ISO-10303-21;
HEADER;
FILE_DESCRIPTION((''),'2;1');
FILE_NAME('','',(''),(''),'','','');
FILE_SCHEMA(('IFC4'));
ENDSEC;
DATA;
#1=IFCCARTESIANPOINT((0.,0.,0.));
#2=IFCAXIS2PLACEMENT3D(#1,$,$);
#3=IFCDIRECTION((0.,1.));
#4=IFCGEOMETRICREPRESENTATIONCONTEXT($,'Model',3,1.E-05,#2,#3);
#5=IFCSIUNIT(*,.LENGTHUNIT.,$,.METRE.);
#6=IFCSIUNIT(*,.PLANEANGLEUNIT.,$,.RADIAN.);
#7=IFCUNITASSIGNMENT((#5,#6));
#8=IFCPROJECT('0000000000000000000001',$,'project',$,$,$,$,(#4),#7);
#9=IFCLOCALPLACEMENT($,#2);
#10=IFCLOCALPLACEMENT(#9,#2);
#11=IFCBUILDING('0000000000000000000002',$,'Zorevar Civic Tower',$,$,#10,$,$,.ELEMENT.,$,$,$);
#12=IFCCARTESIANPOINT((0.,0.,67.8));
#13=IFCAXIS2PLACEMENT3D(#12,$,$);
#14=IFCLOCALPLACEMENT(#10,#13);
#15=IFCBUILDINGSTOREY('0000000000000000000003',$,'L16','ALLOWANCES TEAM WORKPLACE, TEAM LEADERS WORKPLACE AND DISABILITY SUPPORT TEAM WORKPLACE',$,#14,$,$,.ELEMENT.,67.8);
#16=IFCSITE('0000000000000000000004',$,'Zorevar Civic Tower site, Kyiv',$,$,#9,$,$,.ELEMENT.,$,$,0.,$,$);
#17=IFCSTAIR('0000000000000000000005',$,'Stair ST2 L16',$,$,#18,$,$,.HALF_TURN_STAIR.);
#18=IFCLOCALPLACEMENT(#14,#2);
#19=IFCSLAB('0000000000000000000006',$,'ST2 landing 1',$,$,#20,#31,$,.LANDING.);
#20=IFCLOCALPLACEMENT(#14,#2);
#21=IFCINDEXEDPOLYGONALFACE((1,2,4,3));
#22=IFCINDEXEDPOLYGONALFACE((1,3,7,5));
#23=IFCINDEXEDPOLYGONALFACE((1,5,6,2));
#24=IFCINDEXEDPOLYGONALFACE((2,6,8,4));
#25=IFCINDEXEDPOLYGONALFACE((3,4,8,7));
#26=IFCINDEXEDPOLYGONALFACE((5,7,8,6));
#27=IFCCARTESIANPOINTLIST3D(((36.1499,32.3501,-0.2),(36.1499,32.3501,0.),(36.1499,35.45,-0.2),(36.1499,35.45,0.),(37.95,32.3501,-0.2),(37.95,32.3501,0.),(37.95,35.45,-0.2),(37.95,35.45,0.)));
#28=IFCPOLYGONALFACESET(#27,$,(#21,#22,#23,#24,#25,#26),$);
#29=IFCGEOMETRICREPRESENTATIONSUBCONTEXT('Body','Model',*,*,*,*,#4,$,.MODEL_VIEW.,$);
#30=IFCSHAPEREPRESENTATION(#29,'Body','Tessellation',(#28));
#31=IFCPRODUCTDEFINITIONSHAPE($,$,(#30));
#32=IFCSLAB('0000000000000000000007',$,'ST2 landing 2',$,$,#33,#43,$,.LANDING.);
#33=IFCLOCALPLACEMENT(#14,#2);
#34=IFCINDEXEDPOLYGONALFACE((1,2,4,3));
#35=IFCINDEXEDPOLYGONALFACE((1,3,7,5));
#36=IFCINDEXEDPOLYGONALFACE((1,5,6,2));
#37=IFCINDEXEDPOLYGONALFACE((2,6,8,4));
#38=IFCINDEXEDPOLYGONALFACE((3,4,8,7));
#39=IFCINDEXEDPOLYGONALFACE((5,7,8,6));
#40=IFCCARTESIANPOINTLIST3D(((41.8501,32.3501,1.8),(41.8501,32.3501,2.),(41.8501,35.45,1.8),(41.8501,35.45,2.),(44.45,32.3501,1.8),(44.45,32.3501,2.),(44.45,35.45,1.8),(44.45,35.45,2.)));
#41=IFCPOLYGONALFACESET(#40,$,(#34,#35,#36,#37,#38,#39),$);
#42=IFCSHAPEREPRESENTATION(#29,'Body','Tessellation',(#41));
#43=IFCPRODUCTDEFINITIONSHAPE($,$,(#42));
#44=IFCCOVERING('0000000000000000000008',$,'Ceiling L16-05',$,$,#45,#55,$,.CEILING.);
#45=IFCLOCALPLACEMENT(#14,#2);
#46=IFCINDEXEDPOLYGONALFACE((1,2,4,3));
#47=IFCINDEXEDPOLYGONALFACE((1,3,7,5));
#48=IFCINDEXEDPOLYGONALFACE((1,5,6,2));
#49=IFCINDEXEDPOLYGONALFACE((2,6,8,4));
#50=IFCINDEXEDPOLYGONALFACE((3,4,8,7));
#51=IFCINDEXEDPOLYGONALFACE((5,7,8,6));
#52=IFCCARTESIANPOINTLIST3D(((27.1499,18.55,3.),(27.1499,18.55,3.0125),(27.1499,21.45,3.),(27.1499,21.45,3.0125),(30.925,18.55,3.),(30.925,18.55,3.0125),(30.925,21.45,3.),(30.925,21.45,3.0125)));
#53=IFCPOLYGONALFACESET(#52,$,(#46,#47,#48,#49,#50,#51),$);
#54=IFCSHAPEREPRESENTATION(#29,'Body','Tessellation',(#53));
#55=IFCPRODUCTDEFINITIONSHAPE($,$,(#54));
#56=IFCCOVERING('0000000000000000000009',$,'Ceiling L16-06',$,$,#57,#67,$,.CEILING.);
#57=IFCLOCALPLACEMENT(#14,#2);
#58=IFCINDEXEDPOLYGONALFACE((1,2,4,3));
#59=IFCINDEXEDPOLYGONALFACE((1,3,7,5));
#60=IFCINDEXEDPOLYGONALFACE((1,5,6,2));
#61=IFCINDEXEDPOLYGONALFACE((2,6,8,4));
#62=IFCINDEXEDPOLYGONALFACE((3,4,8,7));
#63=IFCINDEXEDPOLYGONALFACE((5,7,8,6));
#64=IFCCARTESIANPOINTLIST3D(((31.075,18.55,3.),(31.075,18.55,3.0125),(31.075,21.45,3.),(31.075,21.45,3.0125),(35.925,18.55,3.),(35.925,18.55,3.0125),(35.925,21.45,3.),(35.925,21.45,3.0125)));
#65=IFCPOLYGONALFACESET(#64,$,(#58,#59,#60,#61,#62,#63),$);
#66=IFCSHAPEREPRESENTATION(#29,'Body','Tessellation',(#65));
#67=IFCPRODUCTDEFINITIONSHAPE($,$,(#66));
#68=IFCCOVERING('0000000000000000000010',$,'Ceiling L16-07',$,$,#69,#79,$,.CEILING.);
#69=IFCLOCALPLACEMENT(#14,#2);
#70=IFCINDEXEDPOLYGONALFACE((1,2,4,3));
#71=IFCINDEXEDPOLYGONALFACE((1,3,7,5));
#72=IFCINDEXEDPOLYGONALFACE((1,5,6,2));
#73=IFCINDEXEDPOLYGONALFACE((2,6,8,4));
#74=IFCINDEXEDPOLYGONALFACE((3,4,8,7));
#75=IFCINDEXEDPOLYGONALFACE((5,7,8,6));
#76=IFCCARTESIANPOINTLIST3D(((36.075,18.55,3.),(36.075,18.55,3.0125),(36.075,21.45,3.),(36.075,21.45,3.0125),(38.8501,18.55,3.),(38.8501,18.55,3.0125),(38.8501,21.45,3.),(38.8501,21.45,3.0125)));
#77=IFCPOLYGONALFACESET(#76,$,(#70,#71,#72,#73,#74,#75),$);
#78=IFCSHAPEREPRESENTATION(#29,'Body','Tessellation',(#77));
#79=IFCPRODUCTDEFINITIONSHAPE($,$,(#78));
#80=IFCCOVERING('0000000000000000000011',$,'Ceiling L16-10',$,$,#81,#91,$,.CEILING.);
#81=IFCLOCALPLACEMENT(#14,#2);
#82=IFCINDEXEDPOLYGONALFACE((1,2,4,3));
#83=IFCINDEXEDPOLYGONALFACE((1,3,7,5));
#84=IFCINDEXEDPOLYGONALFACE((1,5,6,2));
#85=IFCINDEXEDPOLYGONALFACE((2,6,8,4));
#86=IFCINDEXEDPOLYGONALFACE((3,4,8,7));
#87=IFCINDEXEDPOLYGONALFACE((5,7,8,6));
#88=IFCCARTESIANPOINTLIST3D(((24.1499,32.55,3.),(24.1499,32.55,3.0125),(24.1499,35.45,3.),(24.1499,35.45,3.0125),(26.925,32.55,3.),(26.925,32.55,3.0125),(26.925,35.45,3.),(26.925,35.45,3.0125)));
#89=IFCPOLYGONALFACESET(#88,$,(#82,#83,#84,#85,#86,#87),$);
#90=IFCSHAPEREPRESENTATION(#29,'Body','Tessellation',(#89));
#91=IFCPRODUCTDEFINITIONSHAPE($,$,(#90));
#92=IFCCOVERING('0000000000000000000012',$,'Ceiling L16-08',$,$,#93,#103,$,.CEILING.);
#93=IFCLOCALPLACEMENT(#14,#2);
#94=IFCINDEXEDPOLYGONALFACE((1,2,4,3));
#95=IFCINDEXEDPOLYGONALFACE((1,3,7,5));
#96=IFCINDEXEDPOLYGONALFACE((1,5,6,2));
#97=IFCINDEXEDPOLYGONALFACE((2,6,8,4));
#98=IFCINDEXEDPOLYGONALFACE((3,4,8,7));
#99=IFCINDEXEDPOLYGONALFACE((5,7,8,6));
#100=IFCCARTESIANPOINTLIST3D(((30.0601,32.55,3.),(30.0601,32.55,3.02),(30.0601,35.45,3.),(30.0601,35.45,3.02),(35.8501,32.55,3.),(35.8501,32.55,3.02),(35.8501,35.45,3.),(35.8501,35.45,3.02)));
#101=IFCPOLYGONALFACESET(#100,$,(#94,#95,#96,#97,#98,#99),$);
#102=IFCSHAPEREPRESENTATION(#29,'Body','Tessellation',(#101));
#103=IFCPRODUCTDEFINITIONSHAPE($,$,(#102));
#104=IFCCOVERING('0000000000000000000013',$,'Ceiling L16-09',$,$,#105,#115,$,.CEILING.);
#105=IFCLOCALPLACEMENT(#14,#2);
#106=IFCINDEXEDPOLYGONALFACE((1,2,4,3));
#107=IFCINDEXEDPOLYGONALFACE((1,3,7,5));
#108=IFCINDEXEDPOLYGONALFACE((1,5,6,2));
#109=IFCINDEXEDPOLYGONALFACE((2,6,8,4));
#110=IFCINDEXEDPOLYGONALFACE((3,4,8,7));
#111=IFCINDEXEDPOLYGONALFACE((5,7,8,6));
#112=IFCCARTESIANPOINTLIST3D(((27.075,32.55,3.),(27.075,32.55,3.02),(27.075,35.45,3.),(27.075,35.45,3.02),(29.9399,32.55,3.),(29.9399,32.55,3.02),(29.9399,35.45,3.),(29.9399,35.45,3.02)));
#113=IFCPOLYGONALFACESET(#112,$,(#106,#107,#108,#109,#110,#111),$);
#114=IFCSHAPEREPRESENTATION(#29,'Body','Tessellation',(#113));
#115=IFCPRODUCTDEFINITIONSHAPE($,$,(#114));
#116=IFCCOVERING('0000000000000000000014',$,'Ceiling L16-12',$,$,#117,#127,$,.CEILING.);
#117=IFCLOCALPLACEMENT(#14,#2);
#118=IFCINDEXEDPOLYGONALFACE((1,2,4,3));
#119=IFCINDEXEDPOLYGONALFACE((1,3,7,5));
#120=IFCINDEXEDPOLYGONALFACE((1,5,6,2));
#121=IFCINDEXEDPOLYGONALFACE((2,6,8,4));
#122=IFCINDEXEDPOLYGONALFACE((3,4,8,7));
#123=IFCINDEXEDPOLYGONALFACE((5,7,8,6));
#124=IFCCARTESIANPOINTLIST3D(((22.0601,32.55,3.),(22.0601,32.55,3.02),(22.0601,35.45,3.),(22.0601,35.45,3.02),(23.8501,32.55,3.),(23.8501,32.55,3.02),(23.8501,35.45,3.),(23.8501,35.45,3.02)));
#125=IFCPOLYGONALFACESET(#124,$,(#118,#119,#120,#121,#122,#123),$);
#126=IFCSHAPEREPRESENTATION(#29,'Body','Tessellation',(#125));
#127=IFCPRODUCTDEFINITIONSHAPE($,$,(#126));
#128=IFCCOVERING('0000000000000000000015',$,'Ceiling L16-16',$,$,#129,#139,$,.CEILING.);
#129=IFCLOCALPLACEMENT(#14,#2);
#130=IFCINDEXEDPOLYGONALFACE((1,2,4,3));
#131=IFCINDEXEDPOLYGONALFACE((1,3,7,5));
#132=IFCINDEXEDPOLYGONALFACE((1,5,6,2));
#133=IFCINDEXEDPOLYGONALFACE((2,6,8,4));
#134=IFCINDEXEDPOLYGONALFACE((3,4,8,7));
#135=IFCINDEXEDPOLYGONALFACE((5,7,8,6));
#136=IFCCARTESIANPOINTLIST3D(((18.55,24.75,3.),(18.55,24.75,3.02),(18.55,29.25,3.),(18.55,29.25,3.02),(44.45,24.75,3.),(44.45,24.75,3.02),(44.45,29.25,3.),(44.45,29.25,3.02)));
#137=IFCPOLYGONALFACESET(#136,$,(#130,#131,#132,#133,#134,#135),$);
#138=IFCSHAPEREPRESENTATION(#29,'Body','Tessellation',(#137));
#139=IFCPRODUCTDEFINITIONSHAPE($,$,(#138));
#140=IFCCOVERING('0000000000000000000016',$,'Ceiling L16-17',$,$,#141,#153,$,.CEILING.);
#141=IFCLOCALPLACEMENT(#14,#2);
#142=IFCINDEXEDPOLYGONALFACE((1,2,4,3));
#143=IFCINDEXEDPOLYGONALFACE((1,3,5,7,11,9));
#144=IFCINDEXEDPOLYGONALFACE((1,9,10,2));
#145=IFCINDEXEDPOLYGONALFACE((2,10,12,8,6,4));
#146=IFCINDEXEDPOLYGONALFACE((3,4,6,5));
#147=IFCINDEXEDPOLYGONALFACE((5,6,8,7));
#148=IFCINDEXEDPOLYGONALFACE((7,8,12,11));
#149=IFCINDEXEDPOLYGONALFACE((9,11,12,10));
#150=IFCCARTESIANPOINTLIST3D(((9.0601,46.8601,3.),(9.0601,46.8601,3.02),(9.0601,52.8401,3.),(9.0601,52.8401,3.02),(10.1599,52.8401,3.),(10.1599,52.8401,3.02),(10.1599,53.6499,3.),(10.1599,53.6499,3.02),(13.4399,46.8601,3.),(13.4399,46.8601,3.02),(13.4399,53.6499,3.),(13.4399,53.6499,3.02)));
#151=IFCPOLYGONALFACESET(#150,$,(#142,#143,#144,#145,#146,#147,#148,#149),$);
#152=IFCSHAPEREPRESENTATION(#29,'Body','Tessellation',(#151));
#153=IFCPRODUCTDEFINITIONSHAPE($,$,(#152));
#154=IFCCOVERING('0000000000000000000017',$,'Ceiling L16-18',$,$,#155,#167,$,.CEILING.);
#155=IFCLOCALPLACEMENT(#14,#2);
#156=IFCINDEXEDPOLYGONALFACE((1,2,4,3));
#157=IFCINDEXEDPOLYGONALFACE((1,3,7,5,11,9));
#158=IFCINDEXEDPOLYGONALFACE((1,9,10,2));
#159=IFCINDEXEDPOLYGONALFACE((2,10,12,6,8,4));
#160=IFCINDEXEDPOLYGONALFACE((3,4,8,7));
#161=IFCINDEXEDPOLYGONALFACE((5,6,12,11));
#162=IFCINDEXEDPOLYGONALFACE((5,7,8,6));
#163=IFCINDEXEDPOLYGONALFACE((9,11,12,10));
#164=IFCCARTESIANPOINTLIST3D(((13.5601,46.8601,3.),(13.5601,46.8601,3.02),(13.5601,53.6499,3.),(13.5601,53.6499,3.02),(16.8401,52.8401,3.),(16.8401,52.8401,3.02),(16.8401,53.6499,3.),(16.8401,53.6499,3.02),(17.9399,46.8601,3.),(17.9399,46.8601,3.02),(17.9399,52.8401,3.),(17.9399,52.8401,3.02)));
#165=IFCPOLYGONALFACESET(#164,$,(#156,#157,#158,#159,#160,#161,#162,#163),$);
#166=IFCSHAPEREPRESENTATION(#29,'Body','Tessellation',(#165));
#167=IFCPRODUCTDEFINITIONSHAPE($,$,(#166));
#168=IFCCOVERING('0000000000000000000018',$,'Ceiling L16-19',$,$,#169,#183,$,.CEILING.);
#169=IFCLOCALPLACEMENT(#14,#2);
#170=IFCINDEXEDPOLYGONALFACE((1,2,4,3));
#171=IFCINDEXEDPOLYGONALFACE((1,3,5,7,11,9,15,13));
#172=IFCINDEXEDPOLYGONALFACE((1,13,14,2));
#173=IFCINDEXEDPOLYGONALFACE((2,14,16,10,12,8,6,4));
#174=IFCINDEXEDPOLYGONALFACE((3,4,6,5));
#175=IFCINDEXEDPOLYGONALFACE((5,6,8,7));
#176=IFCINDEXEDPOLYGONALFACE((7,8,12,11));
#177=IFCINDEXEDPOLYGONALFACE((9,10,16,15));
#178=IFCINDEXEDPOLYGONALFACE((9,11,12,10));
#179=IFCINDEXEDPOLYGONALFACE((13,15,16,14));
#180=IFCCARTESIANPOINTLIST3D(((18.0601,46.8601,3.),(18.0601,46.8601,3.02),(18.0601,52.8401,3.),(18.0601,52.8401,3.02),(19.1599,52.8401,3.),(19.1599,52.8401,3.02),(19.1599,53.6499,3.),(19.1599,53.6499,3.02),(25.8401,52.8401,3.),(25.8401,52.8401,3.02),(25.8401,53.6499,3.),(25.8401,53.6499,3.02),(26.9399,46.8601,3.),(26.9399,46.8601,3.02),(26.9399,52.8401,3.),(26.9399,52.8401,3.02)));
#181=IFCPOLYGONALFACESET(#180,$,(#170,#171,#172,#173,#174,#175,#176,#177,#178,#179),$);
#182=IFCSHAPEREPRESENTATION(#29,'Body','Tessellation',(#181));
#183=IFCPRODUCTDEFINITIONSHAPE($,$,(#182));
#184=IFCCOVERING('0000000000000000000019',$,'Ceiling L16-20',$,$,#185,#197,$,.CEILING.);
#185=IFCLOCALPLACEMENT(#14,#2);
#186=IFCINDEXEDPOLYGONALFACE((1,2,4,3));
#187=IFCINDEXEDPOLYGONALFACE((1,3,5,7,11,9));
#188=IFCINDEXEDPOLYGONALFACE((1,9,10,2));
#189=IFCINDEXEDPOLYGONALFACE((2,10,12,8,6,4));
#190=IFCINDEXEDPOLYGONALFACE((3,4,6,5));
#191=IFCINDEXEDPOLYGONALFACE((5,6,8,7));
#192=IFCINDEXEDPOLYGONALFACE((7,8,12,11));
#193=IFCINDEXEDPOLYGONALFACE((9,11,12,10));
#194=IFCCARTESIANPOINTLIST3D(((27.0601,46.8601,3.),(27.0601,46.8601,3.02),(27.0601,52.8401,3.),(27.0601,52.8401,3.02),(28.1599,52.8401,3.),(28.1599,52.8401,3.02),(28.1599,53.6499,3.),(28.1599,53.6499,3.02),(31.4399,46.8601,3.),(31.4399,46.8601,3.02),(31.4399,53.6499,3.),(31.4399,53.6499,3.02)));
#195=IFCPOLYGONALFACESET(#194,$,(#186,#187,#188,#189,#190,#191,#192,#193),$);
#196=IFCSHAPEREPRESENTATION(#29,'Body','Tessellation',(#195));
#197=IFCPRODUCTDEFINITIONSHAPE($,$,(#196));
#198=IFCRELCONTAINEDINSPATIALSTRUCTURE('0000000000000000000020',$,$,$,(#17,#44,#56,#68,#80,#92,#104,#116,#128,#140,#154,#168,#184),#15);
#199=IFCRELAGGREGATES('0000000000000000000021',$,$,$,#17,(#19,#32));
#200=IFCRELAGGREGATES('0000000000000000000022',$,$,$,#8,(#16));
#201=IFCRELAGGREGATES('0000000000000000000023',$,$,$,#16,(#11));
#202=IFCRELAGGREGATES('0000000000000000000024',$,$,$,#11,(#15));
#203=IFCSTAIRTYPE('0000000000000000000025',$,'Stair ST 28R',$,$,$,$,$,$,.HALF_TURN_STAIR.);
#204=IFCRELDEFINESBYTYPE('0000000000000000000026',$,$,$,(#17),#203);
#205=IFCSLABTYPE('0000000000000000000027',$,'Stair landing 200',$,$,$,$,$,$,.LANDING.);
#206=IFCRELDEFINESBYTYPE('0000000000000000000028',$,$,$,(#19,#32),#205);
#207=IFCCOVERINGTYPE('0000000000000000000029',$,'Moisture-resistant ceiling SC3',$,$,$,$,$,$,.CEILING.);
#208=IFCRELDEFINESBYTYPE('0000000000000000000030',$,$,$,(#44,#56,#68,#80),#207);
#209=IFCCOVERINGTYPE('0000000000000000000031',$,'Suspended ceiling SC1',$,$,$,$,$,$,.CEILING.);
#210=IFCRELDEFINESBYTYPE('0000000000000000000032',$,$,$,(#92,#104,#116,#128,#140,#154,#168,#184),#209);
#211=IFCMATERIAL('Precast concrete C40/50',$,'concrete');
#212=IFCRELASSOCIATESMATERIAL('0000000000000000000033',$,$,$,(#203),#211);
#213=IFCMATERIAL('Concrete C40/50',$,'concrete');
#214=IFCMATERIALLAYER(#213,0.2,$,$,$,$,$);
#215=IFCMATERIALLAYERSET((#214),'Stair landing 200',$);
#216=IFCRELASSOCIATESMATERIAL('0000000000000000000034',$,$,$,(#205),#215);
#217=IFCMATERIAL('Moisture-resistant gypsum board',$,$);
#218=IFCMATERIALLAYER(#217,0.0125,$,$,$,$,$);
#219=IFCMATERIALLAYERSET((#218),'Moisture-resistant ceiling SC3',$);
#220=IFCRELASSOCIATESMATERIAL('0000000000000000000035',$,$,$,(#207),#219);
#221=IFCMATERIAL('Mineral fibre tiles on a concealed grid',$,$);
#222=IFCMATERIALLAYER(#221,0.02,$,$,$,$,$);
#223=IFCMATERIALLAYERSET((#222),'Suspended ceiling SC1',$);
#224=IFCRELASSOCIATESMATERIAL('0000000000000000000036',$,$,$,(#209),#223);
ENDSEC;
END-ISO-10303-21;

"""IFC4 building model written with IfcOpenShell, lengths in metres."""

from ifc_helpers import new_model, si_unit, direction, frame, origin, place, context, subcontext, project, spatial, polyline, outline, extrude, material, layer, layer_set, type_object, element, aggregate, save


model = new_model("IFC4")

# Units and contexts
model_context = context("Model", 3, precision=1e-05, world=origin(), true_north=direction((0.0, 1.0)))
body_context = subcontext(model_context, "Body", "Model", "MODEL_VIEW")
ifc_project = project(units=[si_unit("LENGTHUNIT", "METRE"), si_unit("PLANEANGLEUNIT", "RADIAN")], contexts=[model_context])

# Site, building, storey
site_placement = place(None, origin())
site = spatial("IfcSite", under=ifc_project, at=site_placement, Name="Zorevar Civic Tower site, Kyiv", CompositionType="ELEMENT", RefElevation=0.0)
building_placement = place(site_placement, origin())
building = spatial("IfcBuilding", under=site, at=building_placement, Name="Zorevar Civic Tower", CompositionType="ELEMENT")
storey_placement = place(building_placement, frame((0.0, 0.0, 67.8)))
storey = spatial("IfcBuildingStorey", under=building, at=storey_placement, Name="L16", Description="ALLOWANCES TEAM WORKPLACE, TEAM LEADERS WORKPLACE AND DISABILITY SUPPORT TEAM WORKPLACE", CompositionType="ELEMENT", Elevation=67.8)

# Stair, slabs
ifc_material_1 = material(Name="Precast concrete C40/50", Category="concrete")
stair_type = type_object("IfcStairType", Name="Stair ST 28R", PredefinedType="HALF_TURN_STAIR", material=ifc_material_1)
ifc_material_2 = material(Name="Concrete C40/50", Category="concrete")
ifc_layer_1 = layer(ifc_material_2, 0.2)
ifc_layer_set_1 = layer_set([ifc_layer_1], Name="Stair landing 200")
slab_type_1 = type_object("IfcSlabType", Name="Stair landing 200", PredefinedType="LANDING", material=ifc_layer_set_1)
stair_1_placement = place(storey_placement, origin())
stair_1 = element("IfcStair", 1, at=stair_1_placement, inside=storey, type_object=stair_type, Name="Stair ST2 L16", PredefinedType="HALF_TURN_STAIR")
slab_1_placement = place(storey_placement, frame((0.0, 0.0, -0.2)))
slab_1 = element("IfcSlab", 2, at=slab_1_placement, type_object=slab_type_1, Name="ST2 landing 1", PredefinedType="LANDING", context=body_context, shape_type="SweptSolid", body=[
    extrude(outline(polyline([(37.95, 32.3501), (36.1499, 32.3501), (36.1499, 35.45), (37.95, 35.45), (37.95, 32.3501)])), origin(), (0.0, 0.0, 1.0), 0.2),
])
slab_2_placement = place(storey_placement, frame((0.0, 0.0, 1.8)))
slab_2 = element("IfcSlab", 3, at=slab_2_placement, type_object=slab_type_1, Name="ST2 landing 2", PredefinedType="LANDING", context=body_context, shape_type="SweptSolid", body=[
    extrude(outline(polyline([(44.45, 32.3501), (41.8501, 32.3501), (41.8501, 35.45), (44.45, 35.45), (44.45, 32.3501)])), origin(), (0.0, 0.0, 1.0), 0.2),
])
aggregate(stair_1, [slab_1, slab_2])

# Coverings
ifc_material_3 = material(Name="Moisture-resistant gypsum board")
ifc_layer_2 = layer(ifc_material_3, 0.0125)
ifc_layer_set_2 = layer_set([ifc_layer_2], Name="Moisture-resistant ceiling SC3")
covering_type_1 = type_object("IfcCoveringType", Name="Moisture-resistant ceiling SC3", PredefinedType="CEILING", material=ifc_layer_set_2)
covering_1_placement = place(storey_placement, frame((0.0, 0.0, 3.0)))
element("IfcCovering", 4, at=covering_1_placement, inside=storey, type_object=covering_type_1, Name="Ceiling L16-05", PredefinedType="CEILING", context=body_context, shape_type="SweptSolid", body=[
    extrude(outline(polyline([(30.925, 18.55), (30.925, 21.45), (27.1499, 21.45), (27.1499, 18.55), (30.925, 18.55)])), origin(), (0.0, 0.0, 1.0), 0.0125),
])
covering_2_placement = place(storey_placement, frame((0.0, 0.0, 3.0)))
element("IfcCovering", 5, at=covering_2_placement, inside=storey, type_object=covering_type_1, Name="Ceiling L16-06", PredefinedType="CEILING", context=body_context, shape_type="SweptSolid", body=[
    extrude(outline(polyline([(35.925, 18.55), (35.925, 21.45), (31.075, 21.45), (31.075, 18.55), (35.925, 18.55)])), origin(), (0.0, 0.0, 1.0), 0.0125),
])
covering_3_placement = place(storey_placement, frame((0.0, 0.0, 3.0)))
element("IfcCovering", 6, at=covering_3_placement, inside=storey, type_object=covering_type_1, Name="Ceiling L16-07", PredefinedType="CEILING", context=body_context, shape_type="SweptSolid", body=[
    extrude(outline(polyline([(38.8501, 18.55), (38.8501, 21.45), (36.075, 21.45), (36.075, 18.55), (38.8501, 18.55)])), origin(), (0.0, 0.0, 1.0), 0.0125),
])
covering_4_placement = place(storey_placement, frame((0.0, 0.0, 3.0)))
element("IfcCovering", 7, at=covering_4_placement, inside=storey, type_object=covering_type_1, Name="Ceiling L16-10", PredefinedType="CEILING", context=body_context, shape_type="SweptSolid", body=[
    extrude(outline(polyline([(26.925, 32.55), (26.925, 35.45), (24.1499, 35.45), (24.1499, 32.55), (26.925, 32.55)])), origin(), (0.0, 0.0, 1.0), 0.0125),
])
ifc_material_4 = material(Name="Mineral fibre tiles on a concealed grid")
ifc_layer_3 = layer(ifc_material_4, 0.02)
ifc_layer_set_3 = layer_set([ifc_layer_3], Name="Suspended ceiling SC1")
covering_type_2 = type_object("IfcCoveringType", Name="Suspended ceiling SC1", PredefinedType="CEILING", material=ifc_layer_set_3)
covering_5_placement = place(storey_placement, frame((0.0, 0.0, 3.0)))
element("IfcCovering", 8, at=covering_5_placement, inside=storey, type_object=covering_type_2, Name="Ceiling L16-08", PredefinedType="CEILING", context=body_context, shape_type="SweptSolid", body=[
    extrude(outline(polyline([(35.8501, 32.55), (35.8501, 35.45), (30.0601, 35.45), (30.0601, 32.55), (35.8501, 32.55)])), origin(), (0.0, 0.0, 1.0), 0.02),
])
covering_6_placement = place(storey_placement, frame((0.0, 0.0, 3.0)))
element("IfcCovering", 9, at=covering_6_placement, inside=storey, type_object=covering_type_2, Name="Ceiling L16-09", PredefinedType="CEILING", context=body_context, shape_type="SweptSolid", body=[
    extrude(outline(polyline([(29.9399, 32.55), (29.9399, 35.45), (27.075, 35.45), (27.075, 32.55), (29.9399, 32.55)])), origin(), (0.0, 0.0, 1.0), 0.02),
])
covering_7_placement = place(storey_placement, frame((0.0, 0.0, 3.0)))
element("IfcCovering", 10, at=covering_7_placement, inside=storey, type_object=covering_type_2, Name="Ceiling L16-12", PredefinedType="CEILING", context=body_context, shape_type="SweptSolid", body=[
    extrude(outline(polyline([(23.8501, 32.55), (23.8501, 35.45), (22.0601, 35.45), (22.0601, 32.55), (23.8501, 32.55)])), origin(), (0.0, 0.0, 1.0), 0.02),
])
covering_8_placement = place(storey_placement, frame((0.0, 0.0, 3.0)))
element("IfcCovering", 11, at=covering_8_placement, inside=storey, type_object=covering_type_2, Name="Ceiling L16-16", PredefinedType="CEILING", context=body_context, shape_type="SweptSolid", body=[
    extrude(outline(polyline([(44.45, 24.75), (44.45, 29.25), (18.55, 29.25), (18.55, 24.75), (44.45, 24.75)])), origin(), (0.0, 0.0, 1.0), 0.02),
])
covering_9_placement = place(storey_placement, frame((0.0, 0.0, 3.0)))
element("IfcCovering", 12, at=covering_9_placement, inside=storey, type_object=covering_type_2, Name="Ceiling L16-17", PredefinedType="CEILING", context=body_context, shape_type="SweptSolid", body=[
    extrude(outline(polyline([(9.0601, 46.8601), (9.0601, 52.8401), (10.1599, 52.8401), (10.1599, 53.6499), (13.4399, 53.6499), (13.4399, 46.8601), (9.0601, 46.8601)])), origin(), (0.0, 0.0, 1.0), 0.02),
])
covering_10_placement = place(storey_placement, frame((0.0, 0.0, 3.0)))
element("IfcCovering", 13, at=covering_10_placement, inside=storey, type_object=covering_type_2, Name="Ceiling L16-18", PredefinedType="CEILING", context=body_context, shape_type="SweptSolid", body=[
    extrude(outline(polyline([(13.5601, 46.8601), (13.5601, 53.6499), (16.8401, 53.6499), (16.8401, 52.8401), (17.9399, 52.8401), (17.9399, 46.8601), (13.5601, 46.8601)])), origin(), (0.0, 0.0, 1.0), 0.02),
])
covering_11_placement = place(storey_placement, frame((0.0, 0.0, 3.0)))
element("IfcCovering", 14, at=covering_11_placement, inside=storey, type_object=covering_type_2, Name="Ceiling L16-19", PredefinedType="CEILING", context=body_context, shape_type="SweptSolid", body=[
    extrude(outline(polyline([(19.1599, 52.8401), (19.1599, 53.6499), (25.8401, 53.6499), (25.8401, 52.8401), (26.9399, 52.8401), (26.9399, 46.8601), (18.0601, 46.8601), (18.0601, 52.8401), (19.1599, 52.8401)])), origin(), (0.0, 0.0, 1.0), 0.02),
])
covering_12_placement = place(storey_placement, frame((0.0, 0.0, 3.0)))
element("IfcCovering", 15, at=covering_12_placement, inside=storey, type_object=covering_type_2, Name="Ceiling L16-20", PredefinedType="CEILING", context=body_context, shape_type="SweptSolid", body=[
    extrude(outline(polyline([(27.0601, 46.8601), (27.0601, 52.8401), (28.1599, 52.8401), (28.1599, 53.6499), (31.4399, 53.6499), (31.4399, 46.8601), (27.0601, 46.8601)])), origin(), (0.0, 0.0, 1.0), 0.02),
])

save(model, "model.ifc")
